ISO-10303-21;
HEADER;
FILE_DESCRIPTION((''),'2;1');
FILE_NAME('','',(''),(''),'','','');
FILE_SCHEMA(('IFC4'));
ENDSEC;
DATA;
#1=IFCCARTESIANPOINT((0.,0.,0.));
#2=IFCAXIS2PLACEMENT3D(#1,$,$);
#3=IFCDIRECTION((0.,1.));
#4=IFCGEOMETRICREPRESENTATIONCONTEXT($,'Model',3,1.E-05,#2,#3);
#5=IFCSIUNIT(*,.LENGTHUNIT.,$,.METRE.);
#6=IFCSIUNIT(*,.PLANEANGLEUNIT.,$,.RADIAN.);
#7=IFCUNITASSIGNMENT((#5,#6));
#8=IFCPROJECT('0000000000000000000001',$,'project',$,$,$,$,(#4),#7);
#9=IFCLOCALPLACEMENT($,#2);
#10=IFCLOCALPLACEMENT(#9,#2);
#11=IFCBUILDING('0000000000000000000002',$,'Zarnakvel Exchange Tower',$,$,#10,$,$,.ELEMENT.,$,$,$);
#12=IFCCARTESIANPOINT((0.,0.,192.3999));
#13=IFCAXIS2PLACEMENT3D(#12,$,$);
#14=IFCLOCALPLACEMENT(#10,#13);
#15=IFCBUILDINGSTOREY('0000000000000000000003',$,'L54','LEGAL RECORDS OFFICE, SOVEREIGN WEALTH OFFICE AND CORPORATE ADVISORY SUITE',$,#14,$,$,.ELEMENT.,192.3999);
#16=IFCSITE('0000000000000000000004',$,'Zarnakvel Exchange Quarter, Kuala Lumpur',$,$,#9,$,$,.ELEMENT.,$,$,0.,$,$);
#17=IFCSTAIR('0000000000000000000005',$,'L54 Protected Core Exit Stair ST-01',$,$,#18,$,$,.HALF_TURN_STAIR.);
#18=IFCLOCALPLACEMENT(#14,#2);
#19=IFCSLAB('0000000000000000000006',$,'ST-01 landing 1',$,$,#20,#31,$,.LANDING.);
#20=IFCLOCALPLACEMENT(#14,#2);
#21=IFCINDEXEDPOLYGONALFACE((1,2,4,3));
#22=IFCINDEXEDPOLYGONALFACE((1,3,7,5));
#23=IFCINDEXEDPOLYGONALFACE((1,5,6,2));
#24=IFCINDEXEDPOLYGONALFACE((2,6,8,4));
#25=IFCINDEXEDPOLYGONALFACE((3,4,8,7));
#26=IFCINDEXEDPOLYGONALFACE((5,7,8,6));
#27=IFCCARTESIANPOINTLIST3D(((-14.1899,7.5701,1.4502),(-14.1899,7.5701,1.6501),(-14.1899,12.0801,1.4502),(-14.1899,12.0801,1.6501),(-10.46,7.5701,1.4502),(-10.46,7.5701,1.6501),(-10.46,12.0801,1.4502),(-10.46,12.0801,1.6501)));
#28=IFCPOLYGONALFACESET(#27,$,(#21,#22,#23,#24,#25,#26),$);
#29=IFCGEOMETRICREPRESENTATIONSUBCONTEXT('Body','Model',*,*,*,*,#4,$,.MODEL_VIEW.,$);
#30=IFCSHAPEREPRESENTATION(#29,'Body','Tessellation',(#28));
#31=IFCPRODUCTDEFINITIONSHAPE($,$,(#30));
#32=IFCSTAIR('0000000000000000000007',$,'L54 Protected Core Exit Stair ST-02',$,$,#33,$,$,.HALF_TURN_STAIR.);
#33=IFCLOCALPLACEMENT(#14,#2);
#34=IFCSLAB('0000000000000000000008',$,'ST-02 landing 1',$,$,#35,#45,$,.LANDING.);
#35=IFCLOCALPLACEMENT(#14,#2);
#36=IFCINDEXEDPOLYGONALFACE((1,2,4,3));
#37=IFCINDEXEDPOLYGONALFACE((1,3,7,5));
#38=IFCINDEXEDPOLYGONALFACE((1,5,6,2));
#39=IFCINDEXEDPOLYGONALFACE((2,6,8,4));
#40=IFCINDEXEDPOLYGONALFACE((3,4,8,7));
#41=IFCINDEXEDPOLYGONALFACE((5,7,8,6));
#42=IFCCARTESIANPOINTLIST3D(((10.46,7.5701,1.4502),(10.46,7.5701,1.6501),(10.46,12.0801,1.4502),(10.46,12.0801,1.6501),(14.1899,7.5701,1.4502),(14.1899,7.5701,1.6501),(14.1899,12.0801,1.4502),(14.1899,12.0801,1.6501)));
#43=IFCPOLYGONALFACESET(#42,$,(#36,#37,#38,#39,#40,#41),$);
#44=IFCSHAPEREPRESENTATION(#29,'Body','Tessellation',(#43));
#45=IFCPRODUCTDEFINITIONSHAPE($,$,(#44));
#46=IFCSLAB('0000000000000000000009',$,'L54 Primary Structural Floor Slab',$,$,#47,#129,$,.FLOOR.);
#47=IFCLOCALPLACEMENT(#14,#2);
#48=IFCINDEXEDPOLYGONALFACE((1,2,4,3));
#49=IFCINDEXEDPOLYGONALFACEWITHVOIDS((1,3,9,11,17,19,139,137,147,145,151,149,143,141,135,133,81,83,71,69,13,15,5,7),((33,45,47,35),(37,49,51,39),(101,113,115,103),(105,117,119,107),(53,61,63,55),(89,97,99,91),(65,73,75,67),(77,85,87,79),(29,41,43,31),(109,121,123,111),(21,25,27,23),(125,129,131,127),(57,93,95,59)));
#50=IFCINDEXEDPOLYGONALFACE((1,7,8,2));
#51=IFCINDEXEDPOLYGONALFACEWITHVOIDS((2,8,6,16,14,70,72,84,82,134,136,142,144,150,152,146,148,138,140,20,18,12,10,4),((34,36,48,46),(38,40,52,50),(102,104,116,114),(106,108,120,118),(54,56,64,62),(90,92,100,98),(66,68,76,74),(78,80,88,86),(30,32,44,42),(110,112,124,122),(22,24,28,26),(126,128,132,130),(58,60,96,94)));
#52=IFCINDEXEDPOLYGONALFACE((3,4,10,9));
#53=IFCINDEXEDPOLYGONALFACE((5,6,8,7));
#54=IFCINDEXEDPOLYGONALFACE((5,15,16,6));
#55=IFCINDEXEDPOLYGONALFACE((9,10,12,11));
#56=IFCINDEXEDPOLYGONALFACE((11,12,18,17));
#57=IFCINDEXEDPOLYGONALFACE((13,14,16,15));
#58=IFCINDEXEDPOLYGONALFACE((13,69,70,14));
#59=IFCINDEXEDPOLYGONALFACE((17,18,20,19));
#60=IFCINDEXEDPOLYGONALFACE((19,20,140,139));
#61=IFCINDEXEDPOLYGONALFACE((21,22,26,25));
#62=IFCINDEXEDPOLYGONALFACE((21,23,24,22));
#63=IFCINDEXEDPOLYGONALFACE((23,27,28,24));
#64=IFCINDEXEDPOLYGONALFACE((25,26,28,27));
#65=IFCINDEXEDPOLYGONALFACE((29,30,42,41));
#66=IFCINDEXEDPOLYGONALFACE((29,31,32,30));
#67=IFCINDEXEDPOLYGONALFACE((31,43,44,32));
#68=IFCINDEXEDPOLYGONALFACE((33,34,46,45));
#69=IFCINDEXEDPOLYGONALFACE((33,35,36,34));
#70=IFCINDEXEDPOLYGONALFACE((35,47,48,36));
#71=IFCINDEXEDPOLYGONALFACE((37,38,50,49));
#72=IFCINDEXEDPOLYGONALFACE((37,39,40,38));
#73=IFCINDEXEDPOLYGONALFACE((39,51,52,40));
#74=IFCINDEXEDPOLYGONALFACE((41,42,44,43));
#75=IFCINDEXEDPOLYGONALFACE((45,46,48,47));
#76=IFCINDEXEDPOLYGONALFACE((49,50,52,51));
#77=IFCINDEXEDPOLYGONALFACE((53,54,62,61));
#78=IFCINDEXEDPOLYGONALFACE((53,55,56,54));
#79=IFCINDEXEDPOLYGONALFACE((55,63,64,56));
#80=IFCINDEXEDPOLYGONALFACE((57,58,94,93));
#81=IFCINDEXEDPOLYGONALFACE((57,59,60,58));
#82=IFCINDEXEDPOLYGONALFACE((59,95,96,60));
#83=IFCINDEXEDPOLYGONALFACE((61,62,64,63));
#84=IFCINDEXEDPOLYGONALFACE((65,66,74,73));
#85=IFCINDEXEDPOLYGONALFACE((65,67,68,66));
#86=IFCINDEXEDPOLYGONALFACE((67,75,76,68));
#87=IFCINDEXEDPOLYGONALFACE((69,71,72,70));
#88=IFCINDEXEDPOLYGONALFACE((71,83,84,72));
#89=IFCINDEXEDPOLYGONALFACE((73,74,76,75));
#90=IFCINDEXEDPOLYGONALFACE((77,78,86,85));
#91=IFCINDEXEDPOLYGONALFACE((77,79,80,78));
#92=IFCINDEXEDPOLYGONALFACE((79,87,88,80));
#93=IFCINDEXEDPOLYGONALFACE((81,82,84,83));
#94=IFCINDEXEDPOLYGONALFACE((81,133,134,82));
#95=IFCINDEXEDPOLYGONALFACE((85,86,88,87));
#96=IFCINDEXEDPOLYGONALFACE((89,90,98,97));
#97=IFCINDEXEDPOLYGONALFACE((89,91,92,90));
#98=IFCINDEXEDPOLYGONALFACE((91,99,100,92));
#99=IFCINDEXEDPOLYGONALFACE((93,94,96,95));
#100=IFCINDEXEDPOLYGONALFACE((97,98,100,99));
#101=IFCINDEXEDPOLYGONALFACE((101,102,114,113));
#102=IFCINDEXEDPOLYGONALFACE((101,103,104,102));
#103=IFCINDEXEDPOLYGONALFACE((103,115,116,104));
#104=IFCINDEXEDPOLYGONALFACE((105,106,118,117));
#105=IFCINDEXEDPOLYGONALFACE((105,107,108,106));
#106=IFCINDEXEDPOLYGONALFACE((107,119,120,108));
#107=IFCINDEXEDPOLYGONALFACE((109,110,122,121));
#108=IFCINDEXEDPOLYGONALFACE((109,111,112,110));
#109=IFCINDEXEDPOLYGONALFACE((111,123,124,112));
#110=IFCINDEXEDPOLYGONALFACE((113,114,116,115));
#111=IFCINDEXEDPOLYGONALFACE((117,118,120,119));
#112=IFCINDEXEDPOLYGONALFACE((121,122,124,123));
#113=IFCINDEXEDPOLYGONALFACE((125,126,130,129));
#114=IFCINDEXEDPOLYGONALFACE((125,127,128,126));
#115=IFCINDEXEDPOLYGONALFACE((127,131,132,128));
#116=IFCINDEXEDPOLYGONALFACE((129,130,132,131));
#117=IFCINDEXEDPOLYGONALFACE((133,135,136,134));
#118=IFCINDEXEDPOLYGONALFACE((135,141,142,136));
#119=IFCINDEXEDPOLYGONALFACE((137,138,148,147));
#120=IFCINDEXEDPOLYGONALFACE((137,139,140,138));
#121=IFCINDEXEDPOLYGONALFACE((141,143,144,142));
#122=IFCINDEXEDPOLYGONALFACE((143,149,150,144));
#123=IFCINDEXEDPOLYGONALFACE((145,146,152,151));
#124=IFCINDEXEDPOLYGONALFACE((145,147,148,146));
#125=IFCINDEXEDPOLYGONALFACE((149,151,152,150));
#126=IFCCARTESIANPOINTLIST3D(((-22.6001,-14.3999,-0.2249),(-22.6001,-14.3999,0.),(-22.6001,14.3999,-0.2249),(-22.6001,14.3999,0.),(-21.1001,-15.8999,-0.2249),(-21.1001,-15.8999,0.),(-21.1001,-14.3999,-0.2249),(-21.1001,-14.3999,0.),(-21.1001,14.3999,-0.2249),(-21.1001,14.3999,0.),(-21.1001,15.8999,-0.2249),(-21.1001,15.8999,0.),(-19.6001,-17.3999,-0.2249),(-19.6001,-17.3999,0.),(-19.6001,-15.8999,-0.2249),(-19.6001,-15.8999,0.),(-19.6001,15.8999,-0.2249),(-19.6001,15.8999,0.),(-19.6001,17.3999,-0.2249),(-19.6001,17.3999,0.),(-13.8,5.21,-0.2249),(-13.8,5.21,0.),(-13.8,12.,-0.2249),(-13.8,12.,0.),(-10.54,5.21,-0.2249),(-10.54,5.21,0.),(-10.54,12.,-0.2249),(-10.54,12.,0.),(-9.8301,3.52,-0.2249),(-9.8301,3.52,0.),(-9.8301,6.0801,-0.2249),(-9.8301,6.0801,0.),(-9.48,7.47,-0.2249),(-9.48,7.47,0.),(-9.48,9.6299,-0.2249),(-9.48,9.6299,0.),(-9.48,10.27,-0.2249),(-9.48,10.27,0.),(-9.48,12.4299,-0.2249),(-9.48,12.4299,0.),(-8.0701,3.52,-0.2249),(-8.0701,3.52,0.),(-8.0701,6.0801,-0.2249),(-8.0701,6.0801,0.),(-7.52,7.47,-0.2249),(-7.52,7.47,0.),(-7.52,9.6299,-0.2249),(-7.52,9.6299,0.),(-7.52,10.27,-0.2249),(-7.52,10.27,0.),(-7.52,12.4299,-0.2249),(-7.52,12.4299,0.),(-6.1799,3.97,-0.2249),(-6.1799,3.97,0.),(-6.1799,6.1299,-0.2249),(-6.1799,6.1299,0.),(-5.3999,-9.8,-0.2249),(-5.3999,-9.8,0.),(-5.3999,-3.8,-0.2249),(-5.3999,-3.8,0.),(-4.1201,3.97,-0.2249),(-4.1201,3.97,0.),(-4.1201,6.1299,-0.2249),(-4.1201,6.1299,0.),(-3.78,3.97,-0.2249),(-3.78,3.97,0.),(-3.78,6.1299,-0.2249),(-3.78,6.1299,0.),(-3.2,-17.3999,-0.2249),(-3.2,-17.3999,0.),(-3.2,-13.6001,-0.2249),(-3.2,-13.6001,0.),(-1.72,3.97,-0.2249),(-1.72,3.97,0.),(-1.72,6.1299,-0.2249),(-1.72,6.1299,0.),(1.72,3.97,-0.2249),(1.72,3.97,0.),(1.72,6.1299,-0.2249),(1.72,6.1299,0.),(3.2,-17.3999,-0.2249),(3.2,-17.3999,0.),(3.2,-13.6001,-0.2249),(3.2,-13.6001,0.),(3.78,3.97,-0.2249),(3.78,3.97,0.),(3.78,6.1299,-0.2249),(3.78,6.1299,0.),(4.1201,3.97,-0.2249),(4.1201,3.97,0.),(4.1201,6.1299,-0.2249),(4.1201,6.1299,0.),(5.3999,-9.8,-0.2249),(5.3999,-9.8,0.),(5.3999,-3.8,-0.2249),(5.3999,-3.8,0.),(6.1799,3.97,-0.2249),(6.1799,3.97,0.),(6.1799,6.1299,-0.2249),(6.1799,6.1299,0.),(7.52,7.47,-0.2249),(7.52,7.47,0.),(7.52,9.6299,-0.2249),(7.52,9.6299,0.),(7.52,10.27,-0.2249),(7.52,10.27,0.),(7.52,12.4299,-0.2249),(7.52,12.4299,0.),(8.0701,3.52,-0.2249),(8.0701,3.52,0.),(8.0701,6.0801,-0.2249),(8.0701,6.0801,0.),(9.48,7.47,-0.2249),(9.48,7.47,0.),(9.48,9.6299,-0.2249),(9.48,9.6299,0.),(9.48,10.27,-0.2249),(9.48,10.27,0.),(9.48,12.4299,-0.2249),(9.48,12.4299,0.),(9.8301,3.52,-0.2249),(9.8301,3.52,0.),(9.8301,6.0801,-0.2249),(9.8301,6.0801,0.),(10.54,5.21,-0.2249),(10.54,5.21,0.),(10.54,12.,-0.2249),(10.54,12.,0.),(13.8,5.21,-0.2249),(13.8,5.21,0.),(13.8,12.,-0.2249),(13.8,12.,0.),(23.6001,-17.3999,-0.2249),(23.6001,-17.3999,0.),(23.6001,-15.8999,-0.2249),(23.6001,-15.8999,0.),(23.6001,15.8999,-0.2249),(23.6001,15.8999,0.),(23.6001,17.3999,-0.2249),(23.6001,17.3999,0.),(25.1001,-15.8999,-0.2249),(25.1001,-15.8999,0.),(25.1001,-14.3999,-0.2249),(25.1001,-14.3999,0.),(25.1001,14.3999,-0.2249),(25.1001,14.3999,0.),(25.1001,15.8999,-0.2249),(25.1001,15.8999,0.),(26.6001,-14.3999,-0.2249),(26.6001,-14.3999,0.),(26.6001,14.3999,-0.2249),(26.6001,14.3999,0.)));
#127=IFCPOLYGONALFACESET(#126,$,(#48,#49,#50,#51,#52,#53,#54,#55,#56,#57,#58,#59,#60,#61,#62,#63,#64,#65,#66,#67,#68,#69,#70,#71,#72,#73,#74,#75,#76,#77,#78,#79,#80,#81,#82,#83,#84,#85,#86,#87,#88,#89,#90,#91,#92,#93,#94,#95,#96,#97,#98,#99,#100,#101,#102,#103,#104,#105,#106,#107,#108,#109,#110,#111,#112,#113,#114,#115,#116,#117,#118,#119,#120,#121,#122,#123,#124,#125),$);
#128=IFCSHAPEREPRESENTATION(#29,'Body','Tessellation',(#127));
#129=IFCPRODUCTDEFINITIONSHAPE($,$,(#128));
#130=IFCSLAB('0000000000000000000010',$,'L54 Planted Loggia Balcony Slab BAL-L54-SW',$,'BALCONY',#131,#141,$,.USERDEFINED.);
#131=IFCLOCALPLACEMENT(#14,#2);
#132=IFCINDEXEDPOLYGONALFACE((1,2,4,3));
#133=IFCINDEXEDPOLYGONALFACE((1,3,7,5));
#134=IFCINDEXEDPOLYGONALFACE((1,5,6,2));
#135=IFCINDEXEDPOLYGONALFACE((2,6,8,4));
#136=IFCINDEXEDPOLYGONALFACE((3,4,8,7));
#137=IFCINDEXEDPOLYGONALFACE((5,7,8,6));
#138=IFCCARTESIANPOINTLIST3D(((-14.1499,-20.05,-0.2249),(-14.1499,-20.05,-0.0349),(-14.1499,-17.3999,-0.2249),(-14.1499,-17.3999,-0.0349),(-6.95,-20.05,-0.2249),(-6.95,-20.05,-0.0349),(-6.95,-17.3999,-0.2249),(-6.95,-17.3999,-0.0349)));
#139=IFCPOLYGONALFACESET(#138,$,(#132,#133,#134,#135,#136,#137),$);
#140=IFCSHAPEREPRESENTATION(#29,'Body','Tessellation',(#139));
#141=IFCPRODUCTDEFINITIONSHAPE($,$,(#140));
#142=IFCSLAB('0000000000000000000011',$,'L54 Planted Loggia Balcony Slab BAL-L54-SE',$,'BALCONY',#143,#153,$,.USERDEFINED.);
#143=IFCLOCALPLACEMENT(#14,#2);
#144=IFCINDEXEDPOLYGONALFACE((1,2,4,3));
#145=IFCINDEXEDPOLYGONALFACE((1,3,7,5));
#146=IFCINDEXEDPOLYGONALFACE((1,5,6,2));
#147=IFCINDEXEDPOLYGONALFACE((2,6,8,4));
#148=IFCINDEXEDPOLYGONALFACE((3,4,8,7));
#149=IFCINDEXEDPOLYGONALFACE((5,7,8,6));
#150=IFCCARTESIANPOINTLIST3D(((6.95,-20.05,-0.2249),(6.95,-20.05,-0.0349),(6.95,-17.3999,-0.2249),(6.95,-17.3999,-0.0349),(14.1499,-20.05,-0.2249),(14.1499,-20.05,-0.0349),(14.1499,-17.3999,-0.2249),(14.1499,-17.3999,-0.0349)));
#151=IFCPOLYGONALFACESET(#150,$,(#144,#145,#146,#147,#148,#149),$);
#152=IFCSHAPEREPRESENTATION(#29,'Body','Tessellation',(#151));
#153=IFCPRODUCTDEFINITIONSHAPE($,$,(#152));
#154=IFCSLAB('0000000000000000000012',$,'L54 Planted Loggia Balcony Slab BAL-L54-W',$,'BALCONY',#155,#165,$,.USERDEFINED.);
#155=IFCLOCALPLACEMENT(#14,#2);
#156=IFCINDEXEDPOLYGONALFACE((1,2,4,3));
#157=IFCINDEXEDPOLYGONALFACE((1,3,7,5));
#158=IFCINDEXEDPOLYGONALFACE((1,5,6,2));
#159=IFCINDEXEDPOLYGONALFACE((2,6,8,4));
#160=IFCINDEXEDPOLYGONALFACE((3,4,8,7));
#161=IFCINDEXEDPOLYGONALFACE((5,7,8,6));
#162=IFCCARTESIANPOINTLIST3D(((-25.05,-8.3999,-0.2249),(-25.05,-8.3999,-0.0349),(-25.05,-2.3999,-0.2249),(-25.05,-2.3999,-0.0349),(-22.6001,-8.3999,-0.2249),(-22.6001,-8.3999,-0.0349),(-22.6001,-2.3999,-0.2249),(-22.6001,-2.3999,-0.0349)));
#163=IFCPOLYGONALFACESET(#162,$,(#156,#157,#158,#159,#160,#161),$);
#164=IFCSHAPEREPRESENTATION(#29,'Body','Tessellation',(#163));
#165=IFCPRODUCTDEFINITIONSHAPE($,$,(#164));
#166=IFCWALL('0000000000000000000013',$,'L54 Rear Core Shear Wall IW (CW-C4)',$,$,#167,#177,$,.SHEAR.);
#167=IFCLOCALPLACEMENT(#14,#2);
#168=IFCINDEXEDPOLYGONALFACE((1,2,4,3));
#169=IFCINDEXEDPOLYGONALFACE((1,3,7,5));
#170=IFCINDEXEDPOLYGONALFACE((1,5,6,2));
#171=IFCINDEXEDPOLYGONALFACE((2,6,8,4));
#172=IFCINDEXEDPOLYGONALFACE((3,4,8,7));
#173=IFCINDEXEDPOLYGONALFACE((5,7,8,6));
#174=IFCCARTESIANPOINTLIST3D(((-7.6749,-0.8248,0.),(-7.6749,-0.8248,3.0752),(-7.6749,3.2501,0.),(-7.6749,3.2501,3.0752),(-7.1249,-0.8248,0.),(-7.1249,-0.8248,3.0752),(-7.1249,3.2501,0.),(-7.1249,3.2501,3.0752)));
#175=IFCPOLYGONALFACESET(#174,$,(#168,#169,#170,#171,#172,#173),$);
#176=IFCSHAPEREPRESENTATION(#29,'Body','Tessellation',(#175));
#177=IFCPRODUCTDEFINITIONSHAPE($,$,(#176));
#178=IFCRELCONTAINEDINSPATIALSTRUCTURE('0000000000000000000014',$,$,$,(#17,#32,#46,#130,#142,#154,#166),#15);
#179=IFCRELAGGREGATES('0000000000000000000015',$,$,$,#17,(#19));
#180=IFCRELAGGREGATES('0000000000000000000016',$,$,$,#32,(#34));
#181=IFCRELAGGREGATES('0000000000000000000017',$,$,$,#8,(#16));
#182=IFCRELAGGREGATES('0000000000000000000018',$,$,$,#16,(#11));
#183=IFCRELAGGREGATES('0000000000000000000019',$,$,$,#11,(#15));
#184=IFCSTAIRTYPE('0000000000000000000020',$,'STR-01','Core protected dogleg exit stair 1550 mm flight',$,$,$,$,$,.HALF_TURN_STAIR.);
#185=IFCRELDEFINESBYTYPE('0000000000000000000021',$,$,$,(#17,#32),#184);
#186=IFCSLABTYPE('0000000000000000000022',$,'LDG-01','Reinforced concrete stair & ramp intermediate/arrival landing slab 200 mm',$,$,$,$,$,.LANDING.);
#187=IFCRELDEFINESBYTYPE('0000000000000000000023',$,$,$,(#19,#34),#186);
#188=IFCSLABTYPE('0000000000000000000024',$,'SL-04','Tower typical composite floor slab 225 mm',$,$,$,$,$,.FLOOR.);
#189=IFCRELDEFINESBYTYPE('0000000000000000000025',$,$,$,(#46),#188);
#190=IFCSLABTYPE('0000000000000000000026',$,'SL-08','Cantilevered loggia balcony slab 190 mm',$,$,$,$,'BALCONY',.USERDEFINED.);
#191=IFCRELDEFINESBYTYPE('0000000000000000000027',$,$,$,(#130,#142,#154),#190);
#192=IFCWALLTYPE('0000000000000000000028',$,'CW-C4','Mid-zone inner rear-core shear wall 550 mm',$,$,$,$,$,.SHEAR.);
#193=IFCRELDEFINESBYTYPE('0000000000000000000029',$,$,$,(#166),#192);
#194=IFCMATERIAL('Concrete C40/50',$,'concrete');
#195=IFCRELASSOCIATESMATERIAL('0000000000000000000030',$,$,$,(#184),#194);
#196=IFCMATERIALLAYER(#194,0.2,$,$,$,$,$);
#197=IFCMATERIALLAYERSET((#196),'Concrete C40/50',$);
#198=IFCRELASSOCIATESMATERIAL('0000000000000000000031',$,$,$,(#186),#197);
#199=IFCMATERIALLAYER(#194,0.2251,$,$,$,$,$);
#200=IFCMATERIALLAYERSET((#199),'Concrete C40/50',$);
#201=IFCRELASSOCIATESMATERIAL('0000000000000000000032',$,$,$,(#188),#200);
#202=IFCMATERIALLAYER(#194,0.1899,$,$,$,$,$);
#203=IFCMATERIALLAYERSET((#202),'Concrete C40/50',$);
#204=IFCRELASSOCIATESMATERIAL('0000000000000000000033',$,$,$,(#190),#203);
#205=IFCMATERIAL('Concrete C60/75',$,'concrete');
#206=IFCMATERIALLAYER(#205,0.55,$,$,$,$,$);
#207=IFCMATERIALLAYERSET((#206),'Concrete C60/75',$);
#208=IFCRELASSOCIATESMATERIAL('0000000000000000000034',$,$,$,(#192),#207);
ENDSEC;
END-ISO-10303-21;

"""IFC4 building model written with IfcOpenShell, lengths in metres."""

from ifc_helpers import new_model, si_unit, direction, frame, frame_2d, origin, place, context, subcontext, project, spatial, polyline, rectangle, outline, extrude, material, layer, layer_set, type_object, element, aggregate, save


model = new_model("IFC4")

# Units and contexts
model_context = context("Model", 3, precision=1e-05, world=origin(), true_north=direction((0.0, 1.0)))
body_context = subcontext(model_context, "Body", "Model", "MODEL_VIEW")
ifc_project = project(units=[si_unit("LENGTHUNIT", "METRE"), si_unit("PLANEANGLEUNIT", "RADIAN")], contexts=[model_context])

# Site, building, storey
site_placement = place(None, origin())
site = spatial("IfcSite", under=ifc_project, at=site_placement, Name="Zarnakvel Exchange Quarter, Kuala Lumpur", CompositionType="ELEMENT", RefElevation=0.0)
building_placement = place(site_placement, origin())
building = spatial("IfcBuilding", under=site, at=building_placement, Name="Zarnakvel Exchange Tower", CompositionType="ELEMENT")
storey_placement = place(building_placement, frame((0.0, 0.0, 192.3999)))
storey = spatial("IfcBuildingStorey", under=building, at=storey_placement, Name="L54", Description="LEGAL RECORDS OFFICE, SOVEREIGN WEALTH OFFICE AND CORPORATE ADVISORY SUITE", CompositionType="ELEMENT", Elevation=192.3999)

# Shared definitions
ifc_material_1 = material(Name="Concrete C60/75", Category="concrete")

# Stairs, slabs
ifc_material_2 = material(Name="Concrete C40/50", Category="concrete")
stair_type = type_object("IfcStairType", Name="STR-01", Description="Core protected dogleg exit stair 1550 mm flight", PredefinedType="HALF_TURN_STAIR", material=ifc_material_2)
stair_1_placement = place(storey_placement, origin())
stair_1 = element("IfcStair", 1, at=stair_1_placement, inside=storey, type_object=stair_type, Name="L54 Protected Core Exit Stair ST-01", PredefinedType="HALF_TURN_STAIR")
ifc_layer_1 = layer(ifc_material_2, 0.2)
ifc_layer_set_1 = layer_set([ifc_layer_1], Name="Concrete C40/50")
slab_type_1 = type_object("IfcSlabType", Name="LDG-01", Description="Reinforced concrete stair & ramp intermediate/arrival landing slab 200 mm", PredefinedType="LANDING", material=ifc_layer_set_1)
slab_1_placement = place(storey_placement, frame((0.0, 0.0, 1.4502)))
slab_1 = element("IfcSlab", 2, at=slab_1_placement, type_object=slab_type_1, Name="ST-01 landing 1", PredefinedType="LANDING", context=body_context, shape_type="SweptSolid", body=[
    extrude(outline(polyline([(-14.1899, 7.5701), (-10.46, 7.5701), (-10.46, 12.0801), (-14.1899, 12.0801), (-14.1899, 7.5701)])), origin(), (0.0, 0.0, 1.0), 0.2),
])
aggregate(stair_1, [slab_1])
stair_2_placement = place(storey_placement, origin())
stair_2 = element("IfcStair", 3, at=stair_2_placement, inside=storey, type_object=stair_type, Name="L54 Protected Core Exit Stair ST-02", PredefinedType="HALF_TURN_STAIR")
slab_2_placement = place(storey_placement, frame((0.0, 0.0, 1.4502)))
slab_2 = element("IfcSlab", 4, at=slab_2_placement, type_object=slab_type_1, Name="ST-02 landing 1", PredefinedType="LANDING", context=body_context, shape_type="SweptSolid", body=[
    extrude(outline(polyline([(10.46, 7.5701), (14.1899, 7.5701), (14.1899, 12.0801), (10.46, 12.0801), (10.46, 7.5701)])), origin(), (0.0, 0.0, 1.0), 0.2),
])
aggregate(stair_2, [slab_2])

# Slabs
ifc_layer_2 = layer(ifc_material_2, 0.2251)
ifc_layer_set_2 = layer_set([ifc_layer_2], Name="Concrete C40/50")
slab_type_2 = type_object("IfcSlabType", Name="SL-04", Description="Tower typical composite floor slab 225 mm", PredefinedType="FLOOR", material=ifc_layer_set_2)
slab_3_placement = place(storey_placement, frame((0.0, 0.0, -0.2249)))
element("IfcSlab", 5, at=slab_3_placement, inside=storey, type_object=slab_type_2, Name="L54 Primary Structural Floor Slab", PredefinedType="FLOOR", context=body_context, shape_type="SweptSolid", body=[
    extrude(outline(polyline([(-22.6001, -14.3999), (-21.1001, -14.3999), (-21.1001, -15.8999), (-19.6001, -15.8999), (-19.6001, -17.3999), (-3.2, -17.3999), (-3.2, -13.6001), (3.2, -13.6001), (3.2, -17.3999), (23.6001, -17.3999), (23.6001, -15.8999), (25.1001, -15.8999), (25.1001, -14.3999), (26.6001, -14.3999), (26.6001, 14.3999), (25.1001, 14.3999), (25.1001, 15.8999), (23.6001, 15.8999), (23.6001, 17.3999), (-19.6001, 17.3999), (-19.6001, 15.8999), (-21.1001, 15.8999), (-21.1001, 14.3999), (-22.6001, 14.3999), (-22.6001, -14.3999)]), holes=[polyline([(-5.3999, -9.8), (5.3999, -9.8), (5.3999, -3.8), (-5.3999, -3.8), (-5.3999, -9.8)]), polyline([(-13.8, 5.21), (-10.54, 5.21), (-10.54, 12.0), (-13.8, 12.0), (-13.8, 5.21)]), polyline([(10.54, 5.21), (13.8, 5.21), (13.8, 12.0), (10.54, 12.0), (10.54, 5.21)]), polyline([(-9.8301, 3.52), (-8.0701, 3.52), (-8.0701, 6.0801), (-9.8301, 6.0801), (-9.8301, 3.52)]), polyline([(8.0701, 3.52), (9.8301, 3.52), (9.8301, 6.0801), (8.0701, 6.0801), (8.0701, 3.52)]), polyline([(-6.1799, 3.97), (-4.1201, 3.97), (-4.1201, 6.1299), (-6.1799, 6.1299), (-6.1799, 3.97)]), polyline([(-3.78, 3.97), (-1.72, 3.97), (-1.72, 6.1299), (-3.78, 6.1299), (-3.78, 3.97)]), polyline([(1.72, 3.97), (3.78, 3.97), (3.78, 6.1299), (1.72, 6.1299), (1.72, 3.97)]), polyline([(4.1201, 3.97), (6.1799, 3.97), (6.1799, 6.1299), (4.1201, 6.1299), (4.1201, 3.97)]), polyline([(-9.48, 7.47), (-7.52, 7.47), (-7.52, 9.6299), (-9.48, 9.6299), (-9.48, 7.47)]), polyline([(-9.48, 10.27), (-7.52, 10.27), (-7.52, 12.4299), (-9.48, 12.4299), (-9.48, 10.27)]), polyline([(7.52, 7.47), (9.48, 7.47), (9.48, 9.6299), (7.52, 9.6299), (7.52, 7.47)]), polyline([(7.52, 10.27), (9.48, 10.27), (9.48, 12.4299), (7.52, 12.4299), (7.52, 10.27)])]), origin(), (0.0, 0.0, 1.0), 0.2249),
])
ifc_layer_3 = layer(ifc_material_2, 0.1899)
ifc_layer_set_3 = layer_set([ifc_layer_3], Name="Concrete C40/50")
slab_type_3 = type_object("IfcSlabType", Name="SL-08", Description="Cantilevered loggia balcony slab 190 mm", ElementType="BALCONY", PredefinedType="USERDEFINED", material=ifc_layer_set_3)
slab_4_placement = place(storey_placement, frame((0.0, 0.0, -0.2249)))
element("IfcSlab", 6, at=slab_4_placement, inside=storey, type_object=slab_type_3, Name="L54 Planted Loggia Balcony Slab BAL-L54-SW", ObjectType="BALCONY", PredefinedType="USERDEFINED", context=body_context, shape_type="SweptSolid", body=[
    extrude(outline(polyline([(-14.1499, -20.05), (-6.95, -20.05), (-6.95, -17.3999), (-14.1499, -17.3999), (-14.1499, -20.05)])), origin(), (0.0, 0.0, 1.0), 0.1899),
])
slab_5_placement = place(storey_placement, frame((0.0, 0.0, -0.2249)))
element("IfcSlab", 7, at=slab_5_placement, inside=storey, type_object=slab_type_3, Name="L54 Planted Loggia Balcony Slab BAL-L54-SE", ObjectType="BALCONY", PredefinedType="USERDEFINED", context=body_context, shape_type="SweptSolid", body=[
    extrude(outline(polyline([(6.95, -20.05), (14.1499, -20.05), (14.1499, -17.3999), (6.95, -17.3999), (6.95, -20.05)])), origin(), (0.0, 0.0, 1.0), 0.1899),
])
slab_6_placement = place(storey_placement, frame((0.0, 0.0, -0.2249)))
element("IfcSlab", 8, at=slab_6_placement, inside=storey, type_object=slab_type_3, Name="L54 Planted Loggia Balcony Slab BAL-L54-W", ObjectType="BALCONY", PredefinedType="USERDEFINED", context=body_context, shape_type="SweptSolid", body=[
    extrude(outline(polyline([(-25.05, -8.3999), (-22.6001, -8.3999), (-22.6001, -2.3999), (-25.05, -2.3999), (-25.05, -8.3999)])), origin(), (0.0, 0.0, 1.0), 0.1899),
])

# Wall
ifc_layer_4 = layer(ifc_material_1, 0.55)
ifc_layer_set_4 = layer_set([ifc_layer_4], Name="Concrete C60/75")
wall_type_1 = type_object("IfcWallType", Name="CW-C4", Description="Mid-zone inner rear-core shear wall 550 mm", PredefinedType="SHEAR", material=ifc_layer_set_4)
wall_1_placement = place(storey_placement, frame((-7.3999, -0.825, 0.0), z_axis=(0.0, 0.0, 1.0), x_axis=(0.0, 1.0, 0.0)))
element("IfcWall", 9, at=wall_1_placement, inside=storey, type_object=wall_type_1, Name="L54 Rear Core Shear Wall IW (CW-C4)", PredefinedType="SHEAR", context=body_context, shape_type="SweptSolid", body=[
    extrude(rectangle(XDim=4.075, YDim=0.55, at=frame_2d((2.0376, 0.0))), origin(), (0.0, 0.0, 1.0), 3.0752),
])

save(model, "model.ifc")
